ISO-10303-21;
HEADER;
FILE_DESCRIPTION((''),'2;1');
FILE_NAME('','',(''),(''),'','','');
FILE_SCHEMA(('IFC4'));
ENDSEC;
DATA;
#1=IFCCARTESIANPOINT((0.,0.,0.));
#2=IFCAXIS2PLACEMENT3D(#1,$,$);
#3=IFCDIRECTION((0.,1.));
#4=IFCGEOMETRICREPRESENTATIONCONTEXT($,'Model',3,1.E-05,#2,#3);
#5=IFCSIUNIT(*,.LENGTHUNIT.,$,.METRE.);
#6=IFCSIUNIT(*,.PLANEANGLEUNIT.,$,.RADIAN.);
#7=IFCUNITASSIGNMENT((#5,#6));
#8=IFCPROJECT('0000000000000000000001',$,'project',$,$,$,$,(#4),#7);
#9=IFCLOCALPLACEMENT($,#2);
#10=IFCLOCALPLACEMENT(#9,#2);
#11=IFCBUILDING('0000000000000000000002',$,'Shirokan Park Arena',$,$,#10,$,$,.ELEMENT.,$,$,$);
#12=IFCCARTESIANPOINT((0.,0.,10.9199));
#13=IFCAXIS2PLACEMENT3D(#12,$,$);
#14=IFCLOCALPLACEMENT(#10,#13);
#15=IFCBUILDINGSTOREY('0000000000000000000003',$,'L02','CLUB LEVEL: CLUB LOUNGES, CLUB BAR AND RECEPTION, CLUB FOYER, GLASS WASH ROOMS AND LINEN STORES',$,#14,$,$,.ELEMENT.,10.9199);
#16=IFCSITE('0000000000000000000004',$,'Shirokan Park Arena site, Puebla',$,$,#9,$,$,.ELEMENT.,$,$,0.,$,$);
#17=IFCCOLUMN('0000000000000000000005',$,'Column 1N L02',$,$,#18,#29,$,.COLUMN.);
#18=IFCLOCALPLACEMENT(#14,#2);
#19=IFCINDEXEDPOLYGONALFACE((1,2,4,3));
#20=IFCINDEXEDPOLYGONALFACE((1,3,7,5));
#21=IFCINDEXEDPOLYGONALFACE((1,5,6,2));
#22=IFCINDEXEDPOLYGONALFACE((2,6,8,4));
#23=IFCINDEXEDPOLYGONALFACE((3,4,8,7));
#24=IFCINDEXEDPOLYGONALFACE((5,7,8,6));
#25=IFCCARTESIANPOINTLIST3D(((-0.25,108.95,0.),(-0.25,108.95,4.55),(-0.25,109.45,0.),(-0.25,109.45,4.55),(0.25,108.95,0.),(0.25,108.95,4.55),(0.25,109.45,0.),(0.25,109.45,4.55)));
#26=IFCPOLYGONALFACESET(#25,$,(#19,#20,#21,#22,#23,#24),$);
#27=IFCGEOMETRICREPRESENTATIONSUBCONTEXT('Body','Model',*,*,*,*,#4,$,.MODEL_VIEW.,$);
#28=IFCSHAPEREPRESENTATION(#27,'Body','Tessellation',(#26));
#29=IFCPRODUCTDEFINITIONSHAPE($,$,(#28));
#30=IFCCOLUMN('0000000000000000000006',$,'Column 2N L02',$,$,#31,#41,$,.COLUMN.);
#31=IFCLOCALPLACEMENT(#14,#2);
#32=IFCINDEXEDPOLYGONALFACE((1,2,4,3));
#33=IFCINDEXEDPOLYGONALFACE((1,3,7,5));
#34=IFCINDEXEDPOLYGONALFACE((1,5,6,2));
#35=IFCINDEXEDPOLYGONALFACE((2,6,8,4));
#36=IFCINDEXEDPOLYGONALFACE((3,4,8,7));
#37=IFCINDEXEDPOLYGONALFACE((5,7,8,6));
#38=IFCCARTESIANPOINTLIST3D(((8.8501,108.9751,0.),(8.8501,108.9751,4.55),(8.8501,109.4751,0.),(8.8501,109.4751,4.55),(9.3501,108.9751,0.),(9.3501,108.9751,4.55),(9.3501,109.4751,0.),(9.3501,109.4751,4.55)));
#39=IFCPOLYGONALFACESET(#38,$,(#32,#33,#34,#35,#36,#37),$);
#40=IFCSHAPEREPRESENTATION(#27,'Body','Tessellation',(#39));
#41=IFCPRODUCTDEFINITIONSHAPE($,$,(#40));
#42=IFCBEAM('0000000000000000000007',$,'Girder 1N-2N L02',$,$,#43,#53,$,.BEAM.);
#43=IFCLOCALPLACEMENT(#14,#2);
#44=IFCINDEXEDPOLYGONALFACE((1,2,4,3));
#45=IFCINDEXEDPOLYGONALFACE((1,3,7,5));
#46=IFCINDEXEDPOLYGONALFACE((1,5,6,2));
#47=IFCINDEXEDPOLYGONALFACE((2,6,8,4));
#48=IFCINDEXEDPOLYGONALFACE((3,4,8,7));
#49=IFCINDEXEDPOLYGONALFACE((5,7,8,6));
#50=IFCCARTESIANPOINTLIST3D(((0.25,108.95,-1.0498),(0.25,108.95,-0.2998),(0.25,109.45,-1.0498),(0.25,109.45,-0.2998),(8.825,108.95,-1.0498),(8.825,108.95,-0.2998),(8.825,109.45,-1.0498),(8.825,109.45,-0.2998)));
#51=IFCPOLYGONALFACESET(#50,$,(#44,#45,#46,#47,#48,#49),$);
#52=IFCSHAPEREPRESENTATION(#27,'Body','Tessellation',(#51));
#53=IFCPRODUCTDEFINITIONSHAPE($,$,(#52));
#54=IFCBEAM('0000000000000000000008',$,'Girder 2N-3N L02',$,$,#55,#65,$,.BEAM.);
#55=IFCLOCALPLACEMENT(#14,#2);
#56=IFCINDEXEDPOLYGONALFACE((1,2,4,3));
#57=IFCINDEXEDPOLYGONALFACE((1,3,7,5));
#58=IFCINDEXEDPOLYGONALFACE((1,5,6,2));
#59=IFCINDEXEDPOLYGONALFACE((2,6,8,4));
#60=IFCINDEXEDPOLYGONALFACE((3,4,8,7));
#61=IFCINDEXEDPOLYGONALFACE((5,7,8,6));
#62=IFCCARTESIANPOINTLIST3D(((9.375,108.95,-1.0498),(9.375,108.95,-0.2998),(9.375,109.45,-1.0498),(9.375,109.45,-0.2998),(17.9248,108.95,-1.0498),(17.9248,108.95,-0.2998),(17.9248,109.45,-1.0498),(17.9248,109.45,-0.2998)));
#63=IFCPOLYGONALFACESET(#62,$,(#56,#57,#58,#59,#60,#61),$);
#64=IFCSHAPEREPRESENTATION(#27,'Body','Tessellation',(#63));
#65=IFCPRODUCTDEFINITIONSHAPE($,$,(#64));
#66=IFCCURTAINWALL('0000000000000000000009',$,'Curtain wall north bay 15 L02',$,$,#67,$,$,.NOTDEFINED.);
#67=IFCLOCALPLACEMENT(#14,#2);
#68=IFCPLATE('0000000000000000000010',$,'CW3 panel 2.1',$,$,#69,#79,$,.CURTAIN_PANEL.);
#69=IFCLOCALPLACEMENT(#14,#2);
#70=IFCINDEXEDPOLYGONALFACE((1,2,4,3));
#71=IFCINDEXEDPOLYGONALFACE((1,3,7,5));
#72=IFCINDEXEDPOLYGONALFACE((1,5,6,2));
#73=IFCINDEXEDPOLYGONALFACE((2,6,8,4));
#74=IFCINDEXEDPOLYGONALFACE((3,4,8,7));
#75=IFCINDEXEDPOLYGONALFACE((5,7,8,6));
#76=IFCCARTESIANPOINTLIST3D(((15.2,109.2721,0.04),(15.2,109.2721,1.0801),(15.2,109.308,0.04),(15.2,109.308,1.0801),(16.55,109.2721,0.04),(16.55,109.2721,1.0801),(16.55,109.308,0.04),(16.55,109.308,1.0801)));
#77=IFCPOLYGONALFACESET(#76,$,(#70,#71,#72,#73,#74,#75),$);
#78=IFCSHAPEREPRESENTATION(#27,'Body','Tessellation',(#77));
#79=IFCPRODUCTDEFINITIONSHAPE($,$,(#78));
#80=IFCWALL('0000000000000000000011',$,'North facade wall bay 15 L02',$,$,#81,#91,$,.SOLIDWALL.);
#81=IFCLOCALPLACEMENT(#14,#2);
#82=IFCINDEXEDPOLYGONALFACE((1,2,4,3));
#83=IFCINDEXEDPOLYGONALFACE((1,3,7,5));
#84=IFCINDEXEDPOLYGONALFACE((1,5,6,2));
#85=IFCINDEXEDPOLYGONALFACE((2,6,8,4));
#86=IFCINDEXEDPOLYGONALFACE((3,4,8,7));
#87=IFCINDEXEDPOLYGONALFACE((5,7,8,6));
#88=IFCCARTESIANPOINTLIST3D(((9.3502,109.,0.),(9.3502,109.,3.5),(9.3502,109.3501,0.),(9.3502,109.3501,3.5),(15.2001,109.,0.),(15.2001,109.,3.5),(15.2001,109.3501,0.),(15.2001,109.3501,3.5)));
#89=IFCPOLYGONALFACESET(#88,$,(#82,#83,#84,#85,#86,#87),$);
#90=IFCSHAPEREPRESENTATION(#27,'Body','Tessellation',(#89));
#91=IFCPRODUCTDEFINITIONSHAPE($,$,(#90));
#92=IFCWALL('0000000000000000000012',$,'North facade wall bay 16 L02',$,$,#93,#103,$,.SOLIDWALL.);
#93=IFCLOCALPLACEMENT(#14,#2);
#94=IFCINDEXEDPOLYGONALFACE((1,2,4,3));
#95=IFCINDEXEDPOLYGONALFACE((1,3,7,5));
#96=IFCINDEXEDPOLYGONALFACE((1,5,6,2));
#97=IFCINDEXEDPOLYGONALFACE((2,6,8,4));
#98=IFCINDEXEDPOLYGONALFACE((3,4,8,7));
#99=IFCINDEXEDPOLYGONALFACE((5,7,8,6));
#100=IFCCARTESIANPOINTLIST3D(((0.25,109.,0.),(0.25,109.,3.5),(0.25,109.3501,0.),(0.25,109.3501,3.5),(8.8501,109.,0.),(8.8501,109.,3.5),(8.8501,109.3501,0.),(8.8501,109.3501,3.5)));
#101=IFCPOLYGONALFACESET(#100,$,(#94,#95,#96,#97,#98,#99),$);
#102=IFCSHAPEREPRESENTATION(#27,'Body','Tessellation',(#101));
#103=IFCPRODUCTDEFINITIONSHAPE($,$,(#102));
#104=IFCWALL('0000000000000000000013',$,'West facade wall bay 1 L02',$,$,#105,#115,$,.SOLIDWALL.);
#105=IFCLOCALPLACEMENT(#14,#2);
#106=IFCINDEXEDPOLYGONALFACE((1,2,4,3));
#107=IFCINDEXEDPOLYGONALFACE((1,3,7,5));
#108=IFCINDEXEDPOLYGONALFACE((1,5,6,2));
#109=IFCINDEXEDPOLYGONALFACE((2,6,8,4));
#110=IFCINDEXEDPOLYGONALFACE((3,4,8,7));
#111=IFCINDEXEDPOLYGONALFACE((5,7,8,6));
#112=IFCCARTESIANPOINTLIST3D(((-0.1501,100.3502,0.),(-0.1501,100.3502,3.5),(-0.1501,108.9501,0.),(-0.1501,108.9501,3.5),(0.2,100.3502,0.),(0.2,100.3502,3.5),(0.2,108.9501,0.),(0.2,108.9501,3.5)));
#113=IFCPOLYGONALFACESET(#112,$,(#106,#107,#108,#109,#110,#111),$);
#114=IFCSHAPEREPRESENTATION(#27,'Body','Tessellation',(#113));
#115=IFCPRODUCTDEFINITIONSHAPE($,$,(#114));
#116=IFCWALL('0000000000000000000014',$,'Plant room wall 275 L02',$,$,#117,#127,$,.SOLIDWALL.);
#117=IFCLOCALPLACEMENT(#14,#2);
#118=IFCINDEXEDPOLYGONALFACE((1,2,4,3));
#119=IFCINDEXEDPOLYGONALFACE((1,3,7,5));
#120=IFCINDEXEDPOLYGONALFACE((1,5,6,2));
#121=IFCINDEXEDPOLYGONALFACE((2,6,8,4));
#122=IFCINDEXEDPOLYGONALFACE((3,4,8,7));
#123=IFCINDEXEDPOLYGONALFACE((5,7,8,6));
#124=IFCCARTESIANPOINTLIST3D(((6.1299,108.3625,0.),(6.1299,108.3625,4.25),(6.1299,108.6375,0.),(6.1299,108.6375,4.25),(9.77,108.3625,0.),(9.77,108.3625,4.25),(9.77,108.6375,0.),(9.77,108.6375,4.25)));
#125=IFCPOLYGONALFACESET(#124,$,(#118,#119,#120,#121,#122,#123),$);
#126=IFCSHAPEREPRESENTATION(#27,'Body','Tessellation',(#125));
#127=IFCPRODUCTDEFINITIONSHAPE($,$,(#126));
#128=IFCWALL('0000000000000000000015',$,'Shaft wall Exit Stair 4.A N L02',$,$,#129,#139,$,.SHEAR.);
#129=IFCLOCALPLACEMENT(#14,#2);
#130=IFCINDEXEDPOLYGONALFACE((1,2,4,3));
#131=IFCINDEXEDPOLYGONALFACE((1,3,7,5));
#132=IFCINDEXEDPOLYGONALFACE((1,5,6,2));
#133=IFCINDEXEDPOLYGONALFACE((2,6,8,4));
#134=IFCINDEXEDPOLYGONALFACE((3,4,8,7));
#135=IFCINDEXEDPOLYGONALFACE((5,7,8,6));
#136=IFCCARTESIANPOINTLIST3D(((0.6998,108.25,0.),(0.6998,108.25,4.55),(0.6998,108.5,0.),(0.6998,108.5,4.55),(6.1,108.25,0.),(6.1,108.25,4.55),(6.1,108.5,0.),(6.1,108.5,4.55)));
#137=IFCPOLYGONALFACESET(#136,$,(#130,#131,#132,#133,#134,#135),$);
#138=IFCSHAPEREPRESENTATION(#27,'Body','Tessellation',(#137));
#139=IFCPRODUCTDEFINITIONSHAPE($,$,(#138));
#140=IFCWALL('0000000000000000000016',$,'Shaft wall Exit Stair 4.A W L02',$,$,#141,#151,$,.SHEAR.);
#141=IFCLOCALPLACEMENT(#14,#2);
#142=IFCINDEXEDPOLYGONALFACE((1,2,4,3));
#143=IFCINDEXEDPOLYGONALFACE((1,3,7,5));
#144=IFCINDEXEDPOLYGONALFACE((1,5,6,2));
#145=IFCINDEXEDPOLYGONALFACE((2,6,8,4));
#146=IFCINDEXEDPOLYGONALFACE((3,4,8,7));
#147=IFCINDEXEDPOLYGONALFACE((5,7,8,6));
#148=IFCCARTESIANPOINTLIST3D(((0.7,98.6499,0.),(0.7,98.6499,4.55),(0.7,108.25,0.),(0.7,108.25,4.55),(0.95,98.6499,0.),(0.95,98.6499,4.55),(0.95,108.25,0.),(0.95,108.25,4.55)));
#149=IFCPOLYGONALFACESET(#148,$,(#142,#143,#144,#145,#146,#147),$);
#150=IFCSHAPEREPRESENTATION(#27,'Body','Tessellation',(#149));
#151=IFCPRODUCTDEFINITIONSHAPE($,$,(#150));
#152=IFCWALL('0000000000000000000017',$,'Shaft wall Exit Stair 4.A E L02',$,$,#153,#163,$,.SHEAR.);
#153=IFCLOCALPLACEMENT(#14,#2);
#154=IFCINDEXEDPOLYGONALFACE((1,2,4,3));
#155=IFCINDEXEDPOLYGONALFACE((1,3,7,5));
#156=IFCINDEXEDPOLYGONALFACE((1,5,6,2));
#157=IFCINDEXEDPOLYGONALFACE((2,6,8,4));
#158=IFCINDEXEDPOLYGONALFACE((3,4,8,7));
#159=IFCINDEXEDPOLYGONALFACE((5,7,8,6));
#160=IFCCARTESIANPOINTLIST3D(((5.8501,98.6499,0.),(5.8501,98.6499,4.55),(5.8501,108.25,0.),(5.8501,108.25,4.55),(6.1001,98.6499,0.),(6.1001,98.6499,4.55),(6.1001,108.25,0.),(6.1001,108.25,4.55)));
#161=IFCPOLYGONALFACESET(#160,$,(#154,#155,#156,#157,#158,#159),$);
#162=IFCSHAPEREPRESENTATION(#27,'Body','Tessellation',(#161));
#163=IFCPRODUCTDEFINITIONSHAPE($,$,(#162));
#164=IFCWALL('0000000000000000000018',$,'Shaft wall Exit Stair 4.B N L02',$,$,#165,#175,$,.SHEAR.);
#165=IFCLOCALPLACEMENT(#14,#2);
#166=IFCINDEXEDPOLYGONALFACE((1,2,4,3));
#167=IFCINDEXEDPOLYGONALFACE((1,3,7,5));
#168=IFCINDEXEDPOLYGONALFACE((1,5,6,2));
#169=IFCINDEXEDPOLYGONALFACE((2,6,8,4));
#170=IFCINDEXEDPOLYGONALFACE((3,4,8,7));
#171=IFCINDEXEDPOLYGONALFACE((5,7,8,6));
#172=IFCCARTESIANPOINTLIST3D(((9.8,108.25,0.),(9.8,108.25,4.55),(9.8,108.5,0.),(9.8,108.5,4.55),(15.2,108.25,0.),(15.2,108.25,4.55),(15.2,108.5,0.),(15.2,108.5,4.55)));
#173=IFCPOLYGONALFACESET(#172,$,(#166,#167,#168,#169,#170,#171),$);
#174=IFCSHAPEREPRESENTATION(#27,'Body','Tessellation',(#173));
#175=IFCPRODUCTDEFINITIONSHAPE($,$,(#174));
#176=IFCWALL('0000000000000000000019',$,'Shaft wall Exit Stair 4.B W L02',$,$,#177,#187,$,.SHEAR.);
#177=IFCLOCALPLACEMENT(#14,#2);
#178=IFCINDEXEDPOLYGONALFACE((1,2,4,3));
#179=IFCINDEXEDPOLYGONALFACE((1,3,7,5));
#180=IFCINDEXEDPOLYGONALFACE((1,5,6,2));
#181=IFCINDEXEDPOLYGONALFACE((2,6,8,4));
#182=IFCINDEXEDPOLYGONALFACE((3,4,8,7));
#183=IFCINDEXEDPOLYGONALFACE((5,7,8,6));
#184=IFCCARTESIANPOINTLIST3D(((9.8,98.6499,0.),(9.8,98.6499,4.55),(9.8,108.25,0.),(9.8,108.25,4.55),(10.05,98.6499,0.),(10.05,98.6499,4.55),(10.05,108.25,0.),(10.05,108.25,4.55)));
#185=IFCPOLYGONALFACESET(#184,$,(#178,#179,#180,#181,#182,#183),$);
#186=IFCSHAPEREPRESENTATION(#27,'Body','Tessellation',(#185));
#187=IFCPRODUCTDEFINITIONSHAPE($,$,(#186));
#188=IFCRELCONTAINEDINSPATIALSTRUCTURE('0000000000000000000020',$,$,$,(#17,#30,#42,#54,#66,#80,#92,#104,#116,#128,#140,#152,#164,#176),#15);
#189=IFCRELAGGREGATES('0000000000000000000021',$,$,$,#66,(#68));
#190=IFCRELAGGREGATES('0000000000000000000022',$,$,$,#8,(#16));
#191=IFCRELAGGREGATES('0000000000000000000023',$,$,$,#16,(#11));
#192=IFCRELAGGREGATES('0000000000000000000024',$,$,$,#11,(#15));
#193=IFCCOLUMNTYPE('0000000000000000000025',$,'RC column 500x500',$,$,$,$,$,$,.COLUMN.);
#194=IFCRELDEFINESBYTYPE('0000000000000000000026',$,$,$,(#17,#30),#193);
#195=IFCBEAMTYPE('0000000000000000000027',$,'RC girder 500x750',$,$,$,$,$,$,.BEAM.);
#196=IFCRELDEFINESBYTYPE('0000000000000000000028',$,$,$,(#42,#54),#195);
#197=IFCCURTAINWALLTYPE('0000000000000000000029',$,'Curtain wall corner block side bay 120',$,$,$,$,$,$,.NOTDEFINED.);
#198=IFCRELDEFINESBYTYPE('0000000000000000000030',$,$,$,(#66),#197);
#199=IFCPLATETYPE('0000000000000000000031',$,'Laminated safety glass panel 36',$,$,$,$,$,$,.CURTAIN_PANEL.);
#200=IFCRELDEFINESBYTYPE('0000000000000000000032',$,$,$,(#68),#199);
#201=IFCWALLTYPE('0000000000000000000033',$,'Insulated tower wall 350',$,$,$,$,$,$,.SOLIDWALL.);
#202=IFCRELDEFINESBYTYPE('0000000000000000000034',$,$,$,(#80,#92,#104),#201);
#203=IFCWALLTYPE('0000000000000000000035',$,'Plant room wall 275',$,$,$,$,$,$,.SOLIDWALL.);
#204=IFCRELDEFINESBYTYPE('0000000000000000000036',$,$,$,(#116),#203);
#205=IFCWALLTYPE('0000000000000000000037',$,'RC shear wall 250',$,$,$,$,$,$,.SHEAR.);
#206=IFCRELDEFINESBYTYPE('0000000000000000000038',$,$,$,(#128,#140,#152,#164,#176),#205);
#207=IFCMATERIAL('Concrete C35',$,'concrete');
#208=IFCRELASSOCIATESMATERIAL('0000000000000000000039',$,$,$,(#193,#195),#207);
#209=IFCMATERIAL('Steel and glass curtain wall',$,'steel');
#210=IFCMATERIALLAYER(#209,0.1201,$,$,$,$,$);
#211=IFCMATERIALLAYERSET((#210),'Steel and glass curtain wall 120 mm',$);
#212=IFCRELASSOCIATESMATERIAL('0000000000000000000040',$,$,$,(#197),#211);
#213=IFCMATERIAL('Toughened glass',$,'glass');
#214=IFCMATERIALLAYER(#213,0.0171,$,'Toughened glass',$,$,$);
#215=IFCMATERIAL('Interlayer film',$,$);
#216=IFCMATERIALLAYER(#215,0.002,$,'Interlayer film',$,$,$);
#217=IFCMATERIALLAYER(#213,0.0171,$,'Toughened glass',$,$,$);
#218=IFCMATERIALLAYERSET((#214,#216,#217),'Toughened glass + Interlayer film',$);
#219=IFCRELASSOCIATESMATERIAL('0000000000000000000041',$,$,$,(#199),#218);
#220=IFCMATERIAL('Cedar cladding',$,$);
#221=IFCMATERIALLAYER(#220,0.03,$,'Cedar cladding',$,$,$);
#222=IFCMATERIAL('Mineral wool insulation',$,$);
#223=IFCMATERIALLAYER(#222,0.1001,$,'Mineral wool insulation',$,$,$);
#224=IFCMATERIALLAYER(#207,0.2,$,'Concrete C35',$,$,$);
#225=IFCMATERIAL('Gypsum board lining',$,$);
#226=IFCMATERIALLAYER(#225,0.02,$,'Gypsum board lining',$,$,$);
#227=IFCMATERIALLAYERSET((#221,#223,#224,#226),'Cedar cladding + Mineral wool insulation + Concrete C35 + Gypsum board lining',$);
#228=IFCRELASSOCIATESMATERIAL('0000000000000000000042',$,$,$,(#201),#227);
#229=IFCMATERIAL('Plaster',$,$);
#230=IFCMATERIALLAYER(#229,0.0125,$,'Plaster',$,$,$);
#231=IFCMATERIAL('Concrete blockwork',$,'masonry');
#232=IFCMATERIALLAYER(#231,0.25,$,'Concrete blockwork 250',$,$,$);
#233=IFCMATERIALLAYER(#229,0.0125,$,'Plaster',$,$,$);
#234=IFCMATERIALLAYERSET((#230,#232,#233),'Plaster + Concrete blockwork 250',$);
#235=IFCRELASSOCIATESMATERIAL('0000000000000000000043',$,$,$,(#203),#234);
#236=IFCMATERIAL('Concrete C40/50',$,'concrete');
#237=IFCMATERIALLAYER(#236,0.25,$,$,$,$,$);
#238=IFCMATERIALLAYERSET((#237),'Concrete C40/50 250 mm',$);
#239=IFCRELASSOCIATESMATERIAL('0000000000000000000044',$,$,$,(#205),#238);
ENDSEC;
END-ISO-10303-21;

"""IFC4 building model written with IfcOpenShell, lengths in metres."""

from ifc_helpers import new_model, si_unit, direction, frame, frame_2d, origin, origin_2d, place, context, subcontext, project, spatial, rectangle, extrude, material, layer, layer_set, material_profile, profile_set, type_object, element, aggregate, save


model = new_model("IFC4")

# Units and contexts
model_context = context("Model", 3, precision=1e-05, world=origin(), true_north=direction((0.0, 1.0)))
body_context = subcontext(model_context, "Body", "Model", "MODEL_VIEW")
ifc_project = project(units=[si_unit("LENGTHUNIT", "METRE"), si_unit("PLANEANGLEUNIT", "RADIAN")], contexts=[model_context])

# Site, building, storey
site_placement = place(None, origin())
site = spatial("IfcSite", under=ifc_project, at=site_placement, Name="Shirokan Park Arena site, Puebla", CompositionType="ELEMENT", RefElevation=0.0)
building_placement = place(site_placement, origin())
building = spatial("IfcBuilding", under=site, at=building_placement, Name="Shirokan Park Arena", CompositionType="ELEMENT")
storey_placement = place(building_placement, frame((0.0, 0.0, 10.9199)))
storey = spatial("IfcBuildingStorey", under=building, at=storey_placement, Name="L02", Description="CLUB LEVEL: CLUB LOUNGES, CLUB BAR AND RECEPTION, CLUB FOYER, GLASS WASH ROOMS AND LINEN STORES", CompositionType="ELEMENT", Elevation=10.9199)

# Columns
ifc_material_1 = material(Name="Concrete C35", Category="concrete")
ifc_material_profile_1 = material_profile(ifc_material_1, rectangle(XDim=0.5, YDim=0.5, at=origin_2d()), Name="500x500")
ifc_profile_set_1 = profile_set([ifc_material_profile_1], Name="Concrete C35")
column_type = type_object("IfcColumnType", Name="RC column 500x500", PredefinedType="COLUMN", material=ifc_profile_set_1)
for number, where, z_axis, x_axis, name in (
    (1, (0.0, 109.2, 0.0), (0.0, 0.0, 1.0), (1.0, 0.0, 0.0), "Column 1N L02"),
    (2, (9.1001, 109.2251, 0.0), (0.0, 0.0, 1.0), (1.0, 0.0, 0.0), "Column 2N L02"),
):
    element("IfcColumn", number, at=place(storey_placement, frame(where, z_axis=z_axis, x_axis=x_axis)), inside=storey, type_object=column_type, Name=name, PredefinedType="COLUMN", context=body_context, shape_type="SweptSolid", body=[
        extrude(rectangle(XDim=0.5, YDim=0.5, at=origin_2d()), origin(), (0.0, 0.0, 1.0), 4.55),
    ])

# Beams
ifc_material_profile_2 = material_profile(ifc_material_1, rectangle(XDim=0.5, YDim=0.75, at=origin_2d()), Name="500x750")
ifc_profile_set_2 = profile_set([ifc_material_profile_2], Name="Concrete C35")
beam_type = type_object("IfcBeamType", Name="RC girder 500x750", PredefinedType="BEAM", material=ifc_profile_set_2)
beam_1_placement = place(storey_placement, frame((0.25, 109.2, -0.6748), z_axis=(1.0, 0.0, 0.0), x_axis=(0.0, 1.0, 0.0)))
element("IfcBeam", 3, at=beam_1_placement, inside=storey, type_object=beam_type, Name="Girder 1N-2N L02", PredefinedType="BEAM", context=body_context, shape_type="SweptSolid", body=[
    extrude(rectangle(XDim=0.5, YDim=0.75, at=origin_2d()), origin(), (0.0, 0.0, 1.0), 8.575),
])
beam_2_placement = place(storey_placement, frame((9.375, 109.2, -0.6748), z_axis=(1.0, 0.0, 0.0), x_axis=(0.0, 1.0, 0.0)))
element("IfcBeam", 4, at=beam_2_placement, inside=storey, type_object=beam_type, Name="Girder 2N-3N L02", PredefinedType="BEAM", context=body_context, shape_type="SweptSolid", body=[
    extrude(rectangle(XDim=0.5, YDim=0.75, at=origin_2d()), origin(), (0.0, 0.0, 1.0), 8.5498),
])

# Curtain wall, plate
ifc_material_2 = material(Name="Steel and glass curtain wall", Category="steel")
ifc_layer_1 = layer(ifc_material_2, 0.1201)
ifc_layer_set_1 = layer_set([ifc_layer_1], Name="Steel and glass curtain wall 120 mm")
curtain_wall_type = type_object("IfcCurtainWallType", Name="Curtain wall corner block side bay 120", PredefinedType="NOTDEFINED", material=ifc_layer_set_1)
curtain_wall_placement = place(storey_placement, origin())
curtain_wall = element("IfcCurtainWall", 5, at=curtain_wall_placement, inside=storey, type_object=curtain_wall_type, Name="Curtain wall north bay 15 L02", PredefinedType="NOTDEFINED")
ifc_material_3 = material(Name="Toughened glass", Category="glass")
ifc_layer_2 = layer(ifc_material_3, 0.0171, Name="Toughened glass")
ifc_material_4 = material(Name="Interlayer film")
ifc_layer_3 = layer(ifc_material_4, 0.002, Name="Interlayer film")
ifc_layer_4 = layer(ifc_material_3, 0.0171, Name="Toughened glass")
ifc_layer_set_2 = layer_set([ifc_layer_2, ifc_layer_3, ifc_layer_4], Name="Toughened glass + Interlayer film")
plate_type = type_object("IfcPlateType", Name="Laminated safety glass panel 36", PredefinedType="CURTAIN_PANEL", material=ifc_layer_set_2)
plate_placement = place(storey_placement, frame((15.875, 109.29, 0.04), z_axis=(0.0, 0.0, 1.0), x_axis=(-1.0, 0.0, 0.0)))
plate = element("IfcPlate", 6, at=plate_placement, type_object=plate_type, Name="CW3 panel 2.1", PredefinedType="CURTAIN_PANEL", context=body_context, shape_type="SweptSolid", body=[
    extrude(rectangle(XDim=1.3501, YDim=0.0359, at=origin_2d()), origin(), (0.0, 0.0, 1.0), 1.04),
])
aggregate(curtain_wall, [plate])

# Walls
ifc_material_5 = material(Name="Cedar cladding")
ifc_layer_5 = layer(ifc_material_5, 0.03, Name="Cedar cladding")
ifc_material_6 = material(Name="Mineral wool insulation")
ifc_layer_6 = layer(ifc_material_6, 0.1001, Name="Mineral wool insulation")
ifc_layer_7 = layer(ifc_material_1, 0.2, Name="Concrete C35")
ifc_material_7 = material(Name="Gypsum board lining")
ifc_layer_8 = layer(ifc_material_7, 0.02, Name="Gypsum board lining")
ifc_layer_set_3 = layer_set([ifc_layer_5, ifc_layer_6, ifc_layer_7, ifc_layer_8], Name="Cedar cladding + Mineral wool insulation + Concrete C35 + Gypsum board lining")
wall_type_1 = type_object("IfcWallType", Name="Insulated tower wall 350", PredefinedType="SOLIDWALL", material=ifc_layer_set_3)
wall_1_placement = place(storey_placement, frame((15.2, 109.175, 0.0), z_axis=(0.0, 0.0, 1.0), x_axis=(-1.0, 0.0, 0.0)))
element("IfcWall", 7, at=wall_1_placement, inside=storey, type_object=wall_type_1, Name="North facade wall bay 15 L02", PredefinedType="SOLIDWALL", context=body_context, shape_type="SweptSolid", body=[
    extrude(rectangle(XDim=5.8499, YDim=0.3501, at=frame_2d((2.9248, 0.0))), origin(), (0.0, 0.0, 1.0), 3.5),
])
wall_2_placement = place(storey_placement, frame((8.8501, 109.175, 0.0), z_axis=(0.0, 0.0, 1.0), x_axis=(-1.0, 0.0, 0.0)))
element("IfcWall", 8, at=wall_2_placement, inside=storey, type_object=wall_type_1, Name="North facade wall bay 16 L02", PredefinedType="SOLIDWALL", context=body_context, shape_type="SweptSolid", body=[
    extrude(rectangle(XDim=8.6001, YDim=0.3501, at=frame_2d((4.3, 0.0))), origin(), (0.0, 0.0, 1.0), 3.5),
])
wall_3_placement = place(storey_placement, frame((0.0249, 108.95, 0.0), z_axis=(0.0, 0.0, 1.0), x_axis=(0.0, -1.0, 0.0)))
element("IfcWall", 9, at=wall_3_placement, inside=storey, type_object=wall_type_1, Name="West facade wall bay 1 L02", PredefinedType="SOLIDWALL", context=body_context, shape_type="SweptSolid", body=[
    extrude(rectangle(XDim=8.5999, YDim=0.3501, at=frame_2d((4.2998, 0.0))), origin(), (0.0, 0.0, 1.0), 3.5),
])
ifc_material_8 = material(Name="Plaster")
ifc_layer_9 = layer(ifc_material_8, 0.0125, Name="Plaster")
ifc_material_9 = material(Name="Concrete blockwork", Category="masonry")
ifc_layer_10 = layer(ifc_material_9, 0.25, Name="Concrete blockwork 250")
ifc_layer_11 = layer(ifc_material_8, 0.0125, Name="Plaster")
ifc_layer_set_4 = layer_set([ifc_layer_9, ifc_layer_10, ifc_layer_11], Name="Plaster + Concrete blockwork 250")
wall_type_2 = type_object("IfcWallType", Name="Plant room wall 275", PredefinedType="SOLIDWALL", material=ifc_layer_set_4)
wall_4_placement = place(storey_placement, frame((6.1299, 108.5, 0.0), z_axis=(0.0, 0.0, 1.0), x_axis=(1.0, 0.0, 0.0)))
element("IfcWall", 10, at=wall_4_placement, inside=storey, type_object=wall_type_2, Name="Plant room wall 275 L02", PredefinedType="SOLIDWALL", context=body_context, shape_type="SweptSolid", body=[
    extrude(rectangle(XDim=3.6401, YDim=0.2749, at=frame_2d((1.8201, 0.0))), origin(), (0.0, 0.0, 1.0), 4.25),
])
ifc_material_10 = material(Name="Concrete C40/50", Category="concrete")
ifc_layer_12 = layer(ifc_material_10, 0.25)
ifc_layer_set_5 = layer_set([ifc_layer_12], Name="Concrete C40/50 250 mm")
wall_type_3 = type_object("IfcWallType", Name="RC shear wall 250", PredefinedType="SHEAR", material=ifc_layer_set_5)
wall_5_placement = place(storey_placement, frame((6.1001, 108.375, 0.0), z_axis=(0.0, 0.0, 1.0), x_axis=(-1.0, 0.0, 0.0)))
element("IfcWall", 11, at=wall_5_placement, inside=storey, type_object=wall_type_3, Name="Shaft wall Exit Stair 4.A N L02", PredefinedType="SHEAR", context=body_context, shape_type="SweptSolid", body=[
    extrude(rectangle(XDim=5.4001, YDim=0.25, at=frame_2d((2.7002, 0.0))), origin(), (0.0, 0.0, 1.0), 4.55),
])
for number, where, z_axis, x_axis, name in (
    (12, (0.825, 108.25, 0.0), (0.0, 0.0, 1.0), (0.0, -1.0, 0.0), "Shaft wall Exit Stair 4.A W L02"),
    (13, (5.9751, 108.25, 0.0), (0.0, 0.0, 1.0), (0.0, -1.0, 0.0), "Shaft wall Exit Stair 4.A E L02"),
):
    element("IfcWall", number, at=place(storey_placement, frame(where, z_axis=z_axis, x_axis=x_axis)), inside=storey, type_object=wall_type_3, Name=name, PredefinedType="SHEAR", context=body_context, shape_type="SweptSolid", body=[
        extrude(rectangle(XDim=9.6001, YDim=0.25, at=frame_2d((4.8, 0.0))), origin(), (0.0, 0.0, 1.0), 4.55),
    ])
wall_6_placement = place(storey_placement, frame((15.2, 108.375, 0.0), z_axis=(0.0, 0.0, 1.0), x_axis=(-1.0, 0.0, 0.0)))
element("IfcWall", 14, at=wall_6_placement, inside=storey, type_object=wall_type_3, Name="Shaft wall Exit Stair 4.B N L02", PredefinedType="SHEAR", context=body_context, shape_type="SweptSolid", body=[
    extrude(rectangle(XDim=5.3999, YDim=0.25, at=frame_2d((2.7, 0.0))), origin(), (0.0, 0.0, 1.0), 4.55),
])
for number, where, z_axis, x_axis, name in (
    (15, (9.925, 108.25, 0.0), (0.0, 0.0, 1.0), (0.0, -1.0, 0.0), "Shaft wall Exit Stair 4.B W L02"),
):
    element("IfcWall", number, at=place(storey_placement, frame(where, z_axis=z_axis, x_axis=x_axis)), inside=storey, type_object=wall_type_3, Name=name, PredefinedType="SHEAR", context=body_context, shape_type="SweptSolid", body=[
        extrude(rectangle(XDim=9.6001, YDim=0.25, at=frame_2d((4.8, 0.0))), origin(), (0.0, 0.0, 1.0), 4.55),
    ])

save(model, "model.ifc")
